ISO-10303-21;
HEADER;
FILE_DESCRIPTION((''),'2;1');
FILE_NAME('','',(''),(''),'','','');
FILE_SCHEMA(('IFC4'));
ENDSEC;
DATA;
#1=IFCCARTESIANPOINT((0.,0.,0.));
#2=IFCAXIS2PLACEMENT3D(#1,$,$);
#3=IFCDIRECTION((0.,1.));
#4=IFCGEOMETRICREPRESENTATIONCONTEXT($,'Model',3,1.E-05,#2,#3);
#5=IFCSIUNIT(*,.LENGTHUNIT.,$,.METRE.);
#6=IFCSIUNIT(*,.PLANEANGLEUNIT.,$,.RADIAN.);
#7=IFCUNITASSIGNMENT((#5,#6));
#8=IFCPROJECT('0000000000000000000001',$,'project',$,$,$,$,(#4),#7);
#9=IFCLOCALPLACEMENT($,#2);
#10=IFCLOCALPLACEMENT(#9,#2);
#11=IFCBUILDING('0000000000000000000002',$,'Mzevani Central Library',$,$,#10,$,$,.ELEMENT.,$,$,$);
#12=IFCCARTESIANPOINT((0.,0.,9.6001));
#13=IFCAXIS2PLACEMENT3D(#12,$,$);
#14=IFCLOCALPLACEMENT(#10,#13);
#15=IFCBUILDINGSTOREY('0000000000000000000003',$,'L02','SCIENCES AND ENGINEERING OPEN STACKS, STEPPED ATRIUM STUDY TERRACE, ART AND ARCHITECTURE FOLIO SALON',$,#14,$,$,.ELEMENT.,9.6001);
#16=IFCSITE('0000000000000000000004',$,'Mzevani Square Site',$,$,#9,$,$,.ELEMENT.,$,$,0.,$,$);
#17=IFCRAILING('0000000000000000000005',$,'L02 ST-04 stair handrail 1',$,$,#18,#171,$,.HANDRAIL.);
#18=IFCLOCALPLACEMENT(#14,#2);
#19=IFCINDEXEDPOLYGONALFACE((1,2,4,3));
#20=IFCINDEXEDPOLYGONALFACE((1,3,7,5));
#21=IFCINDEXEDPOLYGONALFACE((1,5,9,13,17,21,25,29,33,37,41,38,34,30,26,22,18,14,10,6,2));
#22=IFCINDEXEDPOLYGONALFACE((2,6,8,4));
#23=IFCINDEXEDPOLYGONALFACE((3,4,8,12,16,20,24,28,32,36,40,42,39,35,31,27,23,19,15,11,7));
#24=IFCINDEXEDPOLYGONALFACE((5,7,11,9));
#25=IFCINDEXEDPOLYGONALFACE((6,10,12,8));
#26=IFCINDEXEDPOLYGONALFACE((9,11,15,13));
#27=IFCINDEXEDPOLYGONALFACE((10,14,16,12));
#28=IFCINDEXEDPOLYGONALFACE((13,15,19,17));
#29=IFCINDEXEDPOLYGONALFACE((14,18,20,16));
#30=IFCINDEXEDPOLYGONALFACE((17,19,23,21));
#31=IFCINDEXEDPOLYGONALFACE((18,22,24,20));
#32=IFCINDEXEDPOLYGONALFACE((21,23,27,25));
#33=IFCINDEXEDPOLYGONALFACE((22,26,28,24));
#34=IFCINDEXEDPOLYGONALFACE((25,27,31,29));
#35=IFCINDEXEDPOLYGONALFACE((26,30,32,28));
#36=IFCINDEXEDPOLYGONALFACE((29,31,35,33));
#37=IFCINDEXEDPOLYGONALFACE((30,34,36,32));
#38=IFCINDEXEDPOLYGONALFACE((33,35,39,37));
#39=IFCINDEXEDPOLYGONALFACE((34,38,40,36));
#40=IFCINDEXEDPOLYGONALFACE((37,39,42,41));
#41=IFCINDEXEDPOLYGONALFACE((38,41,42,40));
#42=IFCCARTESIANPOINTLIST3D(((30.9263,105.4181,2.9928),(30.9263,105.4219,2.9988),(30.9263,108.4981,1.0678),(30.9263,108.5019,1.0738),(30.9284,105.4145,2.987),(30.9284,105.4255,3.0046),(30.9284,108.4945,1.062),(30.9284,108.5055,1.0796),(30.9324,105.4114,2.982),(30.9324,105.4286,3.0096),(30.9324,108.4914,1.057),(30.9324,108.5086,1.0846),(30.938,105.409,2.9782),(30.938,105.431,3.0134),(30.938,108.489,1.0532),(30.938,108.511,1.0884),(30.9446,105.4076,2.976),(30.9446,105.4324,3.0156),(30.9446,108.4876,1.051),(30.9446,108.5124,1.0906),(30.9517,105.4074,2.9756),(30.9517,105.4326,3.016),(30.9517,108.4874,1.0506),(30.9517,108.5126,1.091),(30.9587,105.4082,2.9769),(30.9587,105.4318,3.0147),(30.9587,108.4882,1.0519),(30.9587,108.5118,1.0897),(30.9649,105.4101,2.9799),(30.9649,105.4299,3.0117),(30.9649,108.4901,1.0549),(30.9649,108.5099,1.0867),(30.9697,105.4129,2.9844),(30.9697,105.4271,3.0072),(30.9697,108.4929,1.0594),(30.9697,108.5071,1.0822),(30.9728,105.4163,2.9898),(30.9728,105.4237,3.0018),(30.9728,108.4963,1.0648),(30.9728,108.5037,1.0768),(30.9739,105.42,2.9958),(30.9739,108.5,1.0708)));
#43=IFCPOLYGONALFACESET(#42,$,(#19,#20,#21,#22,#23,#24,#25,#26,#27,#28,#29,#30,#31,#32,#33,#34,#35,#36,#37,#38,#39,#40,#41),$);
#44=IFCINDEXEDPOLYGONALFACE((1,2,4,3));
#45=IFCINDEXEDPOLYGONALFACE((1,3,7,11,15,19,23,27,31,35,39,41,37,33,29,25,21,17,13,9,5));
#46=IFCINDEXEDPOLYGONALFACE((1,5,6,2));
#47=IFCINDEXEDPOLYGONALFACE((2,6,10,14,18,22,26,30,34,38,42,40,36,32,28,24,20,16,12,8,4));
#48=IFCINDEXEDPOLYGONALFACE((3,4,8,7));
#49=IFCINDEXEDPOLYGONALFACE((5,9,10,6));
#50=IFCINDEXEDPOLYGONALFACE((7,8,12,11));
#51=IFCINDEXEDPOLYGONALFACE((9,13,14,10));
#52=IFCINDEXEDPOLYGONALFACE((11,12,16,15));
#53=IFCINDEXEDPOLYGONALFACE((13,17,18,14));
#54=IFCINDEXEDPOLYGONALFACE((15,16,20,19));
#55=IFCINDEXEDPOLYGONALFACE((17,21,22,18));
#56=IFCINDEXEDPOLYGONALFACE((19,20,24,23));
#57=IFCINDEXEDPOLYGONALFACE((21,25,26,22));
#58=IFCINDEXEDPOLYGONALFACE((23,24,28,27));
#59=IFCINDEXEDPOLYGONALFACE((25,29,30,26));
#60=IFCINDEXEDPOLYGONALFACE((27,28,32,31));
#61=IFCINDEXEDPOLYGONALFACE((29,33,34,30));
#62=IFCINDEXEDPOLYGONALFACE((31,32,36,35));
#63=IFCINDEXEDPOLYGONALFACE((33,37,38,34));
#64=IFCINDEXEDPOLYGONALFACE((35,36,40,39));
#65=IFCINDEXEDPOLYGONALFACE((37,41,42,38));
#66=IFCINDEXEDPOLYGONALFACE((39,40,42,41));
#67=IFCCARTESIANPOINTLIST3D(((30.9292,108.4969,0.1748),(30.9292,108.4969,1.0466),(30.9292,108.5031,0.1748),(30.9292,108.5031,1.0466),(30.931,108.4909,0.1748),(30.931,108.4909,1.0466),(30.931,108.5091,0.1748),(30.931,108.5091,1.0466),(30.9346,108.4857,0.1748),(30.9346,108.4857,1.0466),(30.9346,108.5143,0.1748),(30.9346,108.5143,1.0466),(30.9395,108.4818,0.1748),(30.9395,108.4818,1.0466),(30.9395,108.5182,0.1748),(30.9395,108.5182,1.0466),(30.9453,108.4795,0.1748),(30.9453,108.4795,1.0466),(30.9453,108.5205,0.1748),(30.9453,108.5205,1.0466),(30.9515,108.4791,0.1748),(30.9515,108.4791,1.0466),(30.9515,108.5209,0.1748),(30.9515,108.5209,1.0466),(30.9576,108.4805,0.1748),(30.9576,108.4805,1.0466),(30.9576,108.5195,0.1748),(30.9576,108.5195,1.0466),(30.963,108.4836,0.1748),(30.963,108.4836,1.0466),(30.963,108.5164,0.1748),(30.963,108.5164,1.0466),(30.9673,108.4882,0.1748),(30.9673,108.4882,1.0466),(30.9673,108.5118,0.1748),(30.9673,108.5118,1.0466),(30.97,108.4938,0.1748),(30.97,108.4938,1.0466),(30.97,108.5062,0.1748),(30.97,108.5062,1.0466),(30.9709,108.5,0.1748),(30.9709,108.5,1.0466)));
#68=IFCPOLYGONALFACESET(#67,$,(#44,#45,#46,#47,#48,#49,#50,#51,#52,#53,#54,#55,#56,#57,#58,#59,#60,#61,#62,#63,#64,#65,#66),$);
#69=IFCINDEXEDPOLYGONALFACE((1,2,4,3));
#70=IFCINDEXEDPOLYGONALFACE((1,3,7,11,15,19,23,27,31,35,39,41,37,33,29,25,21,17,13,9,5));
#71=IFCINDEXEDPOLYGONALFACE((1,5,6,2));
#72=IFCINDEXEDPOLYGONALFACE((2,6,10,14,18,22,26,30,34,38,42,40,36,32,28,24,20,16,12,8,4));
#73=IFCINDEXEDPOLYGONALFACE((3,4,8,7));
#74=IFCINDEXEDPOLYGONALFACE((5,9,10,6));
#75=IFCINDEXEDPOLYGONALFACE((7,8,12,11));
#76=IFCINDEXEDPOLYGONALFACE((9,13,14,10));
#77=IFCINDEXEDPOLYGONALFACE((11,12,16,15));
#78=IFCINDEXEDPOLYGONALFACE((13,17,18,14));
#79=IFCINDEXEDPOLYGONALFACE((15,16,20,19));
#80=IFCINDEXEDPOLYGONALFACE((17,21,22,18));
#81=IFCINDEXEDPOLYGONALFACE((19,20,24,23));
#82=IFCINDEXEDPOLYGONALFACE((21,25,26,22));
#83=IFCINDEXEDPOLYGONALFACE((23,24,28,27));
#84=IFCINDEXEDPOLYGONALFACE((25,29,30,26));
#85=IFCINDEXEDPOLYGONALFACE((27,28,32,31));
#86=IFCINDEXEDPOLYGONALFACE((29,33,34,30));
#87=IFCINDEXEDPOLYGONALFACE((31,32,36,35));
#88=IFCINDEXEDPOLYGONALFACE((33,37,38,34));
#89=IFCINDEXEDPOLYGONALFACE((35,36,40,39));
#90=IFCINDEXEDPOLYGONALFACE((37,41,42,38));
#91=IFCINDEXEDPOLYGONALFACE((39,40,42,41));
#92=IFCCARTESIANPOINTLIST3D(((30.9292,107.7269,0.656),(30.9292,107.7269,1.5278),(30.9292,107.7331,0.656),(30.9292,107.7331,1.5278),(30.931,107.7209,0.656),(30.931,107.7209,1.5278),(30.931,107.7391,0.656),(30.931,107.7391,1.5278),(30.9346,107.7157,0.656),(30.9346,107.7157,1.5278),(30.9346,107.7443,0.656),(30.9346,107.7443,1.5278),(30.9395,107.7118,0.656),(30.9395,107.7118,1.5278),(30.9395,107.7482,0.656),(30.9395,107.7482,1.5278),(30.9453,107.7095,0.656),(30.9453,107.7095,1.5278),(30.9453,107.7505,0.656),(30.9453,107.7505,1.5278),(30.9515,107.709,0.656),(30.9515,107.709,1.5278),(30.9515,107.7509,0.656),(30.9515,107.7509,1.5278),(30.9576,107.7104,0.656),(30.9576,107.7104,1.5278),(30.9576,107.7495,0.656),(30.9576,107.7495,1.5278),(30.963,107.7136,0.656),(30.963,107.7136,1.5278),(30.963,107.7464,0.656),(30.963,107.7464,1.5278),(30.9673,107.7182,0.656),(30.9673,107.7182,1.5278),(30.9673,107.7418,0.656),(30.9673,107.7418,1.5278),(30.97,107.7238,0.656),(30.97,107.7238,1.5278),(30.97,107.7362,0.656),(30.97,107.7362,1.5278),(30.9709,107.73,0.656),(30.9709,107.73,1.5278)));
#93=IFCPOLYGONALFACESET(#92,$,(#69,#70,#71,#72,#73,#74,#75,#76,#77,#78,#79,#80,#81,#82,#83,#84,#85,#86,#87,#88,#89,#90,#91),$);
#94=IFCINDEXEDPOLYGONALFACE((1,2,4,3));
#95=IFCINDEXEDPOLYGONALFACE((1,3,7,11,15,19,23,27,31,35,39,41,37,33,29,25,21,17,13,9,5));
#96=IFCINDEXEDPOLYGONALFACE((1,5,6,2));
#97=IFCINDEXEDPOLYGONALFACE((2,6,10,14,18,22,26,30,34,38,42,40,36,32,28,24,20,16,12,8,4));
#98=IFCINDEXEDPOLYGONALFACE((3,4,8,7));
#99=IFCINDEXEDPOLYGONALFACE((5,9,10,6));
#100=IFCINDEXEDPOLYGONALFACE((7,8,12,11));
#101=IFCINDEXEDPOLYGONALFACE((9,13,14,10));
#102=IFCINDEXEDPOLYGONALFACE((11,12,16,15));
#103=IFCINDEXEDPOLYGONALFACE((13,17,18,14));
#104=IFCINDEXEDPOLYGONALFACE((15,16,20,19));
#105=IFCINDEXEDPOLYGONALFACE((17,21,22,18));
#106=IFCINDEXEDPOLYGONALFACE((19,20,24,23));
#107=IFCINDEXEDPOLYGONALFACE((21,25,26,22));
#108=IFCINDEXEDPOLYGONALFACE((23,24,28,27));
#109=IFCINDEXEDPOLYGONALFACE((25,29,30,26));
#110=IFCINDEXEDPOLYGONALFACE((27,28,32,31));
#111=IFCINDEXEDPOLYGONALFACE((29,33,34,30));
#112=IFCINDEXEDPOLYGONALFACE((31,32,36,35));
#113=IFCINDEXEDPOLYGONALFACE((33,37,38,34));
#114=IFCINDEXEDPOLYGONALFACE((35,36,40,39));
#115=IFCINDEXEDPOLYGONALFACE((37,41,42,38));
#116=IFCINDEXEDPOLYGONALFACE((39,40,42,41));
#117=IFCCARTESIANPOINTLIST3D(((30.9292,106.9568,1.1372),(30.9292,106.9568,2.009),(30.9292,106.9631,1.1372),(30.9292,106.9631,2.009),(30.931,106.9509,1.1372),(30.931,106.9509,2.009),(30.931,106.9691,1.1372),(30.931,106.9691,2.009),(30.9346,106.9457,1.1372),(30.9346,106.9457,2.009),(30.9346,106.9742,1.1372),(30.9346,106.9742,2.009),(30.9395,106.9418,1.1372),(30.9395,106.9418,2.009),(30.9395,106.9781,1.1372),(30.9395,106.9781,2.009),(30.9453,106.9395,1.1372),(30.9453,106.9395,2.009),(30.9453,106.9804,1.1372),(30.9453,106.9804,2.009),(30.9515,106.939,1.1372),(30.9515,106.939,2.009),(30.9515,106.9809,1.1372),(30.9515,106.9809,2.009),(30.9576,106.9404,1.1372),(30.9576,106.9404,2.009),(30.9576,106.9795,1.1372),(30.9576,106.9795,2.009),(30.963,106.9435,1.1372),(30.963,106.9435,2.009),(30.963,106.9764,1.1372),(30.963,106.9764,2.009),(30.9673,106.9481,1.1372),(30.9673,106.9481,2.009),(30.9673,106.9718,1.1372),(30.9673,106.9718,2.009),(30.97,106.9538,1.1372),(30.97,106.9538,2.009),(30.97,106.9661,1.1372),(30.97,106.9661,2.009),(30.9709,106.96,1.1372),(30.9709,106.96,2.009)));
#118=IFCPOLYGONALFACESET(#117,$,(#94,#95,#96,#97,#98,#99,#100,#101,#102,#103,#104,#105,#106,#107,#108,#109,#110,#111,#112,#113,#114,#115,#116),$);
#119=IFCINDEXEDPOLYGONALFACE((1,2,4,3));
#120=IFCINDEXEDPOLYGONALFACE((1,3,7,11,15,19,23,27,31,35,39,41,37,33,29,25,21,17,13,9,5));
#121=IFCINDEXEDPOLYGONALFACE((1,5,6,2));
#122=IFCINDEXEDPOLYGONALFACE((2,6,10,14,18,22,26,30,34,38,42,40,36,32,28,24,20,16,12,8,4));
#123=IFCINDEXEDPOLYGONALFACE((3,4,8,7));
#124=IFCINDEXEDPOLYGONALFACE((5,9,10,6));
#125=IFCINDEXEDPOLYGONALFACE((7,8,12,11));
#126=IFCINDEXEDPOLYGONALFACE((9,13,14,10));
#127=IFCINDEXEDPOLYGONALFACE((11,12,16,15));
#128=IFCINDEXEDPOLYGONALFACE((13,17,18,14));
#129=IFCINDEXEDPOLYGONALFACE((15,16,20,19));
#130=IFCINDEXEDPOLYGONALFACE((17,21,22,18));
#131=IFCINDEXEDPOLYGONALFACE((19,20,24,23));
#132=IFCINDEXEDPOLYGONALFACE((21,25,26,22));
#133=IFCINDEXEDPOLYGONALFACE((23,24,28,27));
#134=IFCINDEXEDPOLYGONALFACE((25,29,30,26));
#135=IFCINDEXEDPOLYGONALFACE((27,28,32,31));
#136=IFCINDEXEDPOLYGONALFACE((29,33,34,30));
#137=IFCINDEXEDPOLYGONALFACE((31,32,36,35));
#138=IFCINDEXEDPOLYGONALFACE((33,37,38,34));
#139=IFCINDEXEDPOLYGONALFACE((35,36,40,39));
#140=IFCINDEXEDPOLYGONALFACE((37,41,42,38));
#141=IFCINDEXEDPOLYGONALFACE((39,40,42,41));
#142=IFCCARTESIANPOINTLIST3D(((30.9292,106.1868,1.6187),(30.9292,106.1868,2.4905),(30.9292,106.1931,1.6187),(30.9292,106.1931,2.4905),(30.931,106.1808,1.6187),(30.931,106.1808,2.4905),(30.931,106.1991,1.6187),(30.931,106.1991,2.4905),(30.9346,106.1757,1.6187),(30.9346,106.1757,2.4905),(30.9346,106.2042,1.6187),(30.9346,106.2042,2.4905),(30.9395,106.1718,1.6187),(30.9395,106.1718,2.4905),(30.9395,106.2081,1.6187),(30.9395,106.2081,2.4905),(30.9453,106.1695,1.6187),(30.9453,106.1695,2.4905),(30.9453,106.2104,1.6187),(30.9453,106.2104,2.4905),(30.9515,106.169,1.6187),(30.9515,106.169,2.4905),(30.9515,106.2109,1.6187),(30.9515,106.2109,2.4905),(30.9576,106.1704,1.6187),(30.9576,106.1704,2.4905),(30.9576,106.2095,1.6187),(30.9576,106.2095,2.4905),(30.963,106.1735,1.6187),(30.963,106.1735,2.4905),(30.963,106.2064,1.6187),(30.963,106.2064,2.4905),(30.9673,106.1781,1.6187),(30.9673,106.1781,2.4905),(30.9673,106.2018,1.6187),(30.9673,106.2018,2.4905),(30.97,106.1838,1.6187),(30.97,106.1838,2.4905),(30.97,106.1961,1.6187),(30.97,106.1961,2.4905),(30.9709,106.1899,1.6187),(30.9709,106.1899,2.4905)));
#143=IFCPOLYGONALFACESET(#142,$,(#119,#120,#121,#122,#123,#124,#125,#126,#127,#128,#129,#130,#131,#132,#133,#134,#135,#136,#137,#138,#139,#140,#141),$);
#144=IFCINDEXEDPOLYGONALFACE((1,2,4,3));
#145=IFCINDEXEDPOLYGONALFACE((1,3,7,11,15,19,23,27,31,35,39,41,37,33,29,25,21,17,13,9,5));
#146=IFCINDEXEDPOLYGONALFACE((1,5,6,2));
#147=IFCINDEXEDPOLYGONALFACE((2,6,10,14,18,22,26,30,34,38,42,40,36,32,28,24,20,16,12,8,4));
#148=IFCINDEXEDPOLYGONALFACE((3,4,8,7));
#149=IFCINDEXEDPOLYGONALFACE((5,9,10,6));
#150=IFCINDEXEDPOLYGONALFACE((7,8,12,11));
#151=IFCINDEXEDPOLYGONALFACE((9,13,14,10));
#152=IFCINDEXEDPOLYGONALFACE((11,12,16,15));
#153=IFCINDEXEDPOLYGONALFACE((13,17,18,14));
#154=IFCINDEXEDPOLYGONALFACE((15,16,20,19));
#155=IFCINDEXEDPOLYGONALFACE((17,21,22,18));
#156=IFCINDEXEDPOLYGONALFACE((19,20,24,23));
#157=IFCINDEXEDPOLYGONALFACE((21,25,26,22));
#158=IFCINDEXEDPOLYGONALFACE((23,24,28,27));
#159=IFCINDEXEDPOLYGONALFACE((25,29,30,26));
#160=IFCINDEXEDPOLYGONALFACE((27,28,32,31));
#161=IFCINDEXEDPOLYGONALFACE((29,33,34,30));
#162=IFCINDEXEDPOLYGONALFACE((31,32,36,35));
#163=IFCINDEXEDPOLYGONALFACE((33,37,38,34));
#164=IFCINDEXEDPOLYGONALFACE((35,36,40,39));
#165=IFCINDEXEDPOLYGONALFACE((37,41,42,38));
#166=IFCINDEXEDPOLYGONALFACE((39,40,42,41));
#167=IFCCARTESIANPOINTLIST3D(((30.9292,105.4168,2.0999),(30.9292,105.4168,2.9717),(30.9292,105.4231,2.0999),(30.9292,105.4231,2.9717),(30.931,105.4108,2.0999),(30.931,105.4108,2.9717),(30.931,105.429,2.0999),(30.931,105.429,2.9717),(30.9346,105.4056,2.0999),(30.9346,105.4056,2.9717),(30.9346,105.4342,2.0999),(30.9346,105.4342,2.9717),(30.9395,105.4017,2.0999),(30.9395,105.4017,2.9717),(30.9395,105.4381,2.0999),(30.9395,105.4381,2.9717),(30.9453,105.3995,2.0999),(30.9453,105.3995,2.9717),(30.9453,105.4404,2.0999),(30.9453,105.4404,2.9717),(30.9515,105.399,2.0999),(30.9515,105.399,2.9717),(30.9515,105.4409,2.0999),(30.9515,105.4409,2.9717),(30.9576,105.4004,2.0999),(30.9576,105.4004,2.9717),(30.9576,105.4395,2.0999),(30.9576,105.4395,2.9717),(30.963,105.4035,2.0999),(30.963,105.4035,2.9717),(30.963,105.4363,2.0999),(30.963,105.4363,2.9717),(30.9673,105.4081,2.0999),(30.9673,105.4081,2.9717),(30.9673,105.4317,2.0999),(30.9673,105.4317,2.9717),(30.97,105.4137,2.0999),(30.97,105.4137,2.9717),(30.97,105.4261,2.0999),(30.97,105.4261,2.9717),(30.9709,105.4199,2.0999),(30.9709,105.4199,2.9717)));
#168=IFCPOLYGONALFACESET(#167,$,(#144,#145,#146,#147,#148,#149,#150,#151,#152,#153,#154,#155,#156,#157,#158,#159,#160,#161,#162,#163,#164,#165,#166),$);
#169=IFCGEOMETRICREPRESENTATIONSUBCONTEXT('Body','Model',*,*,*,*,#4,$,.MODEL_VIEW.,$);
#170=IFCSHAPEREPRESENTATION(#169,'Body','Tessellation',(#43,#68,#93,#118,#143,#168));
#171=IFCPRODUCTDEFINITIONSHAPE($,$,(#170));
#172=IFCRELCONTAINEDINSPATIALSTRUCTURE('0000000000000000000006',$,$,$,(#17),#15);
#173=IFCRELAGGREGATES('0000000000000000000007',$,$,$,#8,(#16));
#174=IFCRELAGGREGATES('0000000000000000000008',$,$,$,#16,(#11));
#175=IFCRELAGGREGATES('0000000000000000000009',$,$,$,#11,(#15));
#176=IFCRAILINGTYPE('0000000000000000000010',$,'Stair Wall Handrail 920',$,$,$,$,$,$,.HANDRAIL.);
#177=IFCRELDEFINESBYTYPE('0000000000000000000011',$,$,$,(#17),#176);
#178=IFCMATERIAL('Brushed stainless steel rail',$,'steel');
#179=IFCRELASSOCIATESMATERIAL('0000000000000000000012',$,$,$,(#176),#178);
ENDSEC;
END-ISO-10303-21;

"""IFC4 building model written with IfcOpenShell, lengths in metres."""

from ifc_helpers import new_model, si_unit, direction, frame, origin, origin_2d, place, context, subcontext, project, spatial, circle, extrude, material, type_object, element, save


model = new_model("IFC4")

# Units and contexts
model_context = context("Model", 3, precision=1e-05, world=origin(), true_north=direction((0.0, 1.0)))
body_context = subcontext(model_context, "Body", "Model", "MODEL_VIEW")
ifc_project = project(units=[si_unit("LENGTHUNIT", "METRE"), si_unit("PLANEANGLEUNIT", "RADIAN")], contexts=[model_context])

# Site, building, storey
site_placement = place(None, origin())
site = spatial("IfcSite", under=ifc_project, at=site_placement, Name="Mzevani Square Site", CompositionType="ELEMENT", RefElevation=0.0)
building_placement = place(site_placement, origin())
building = spatial("IfcBuilding", under=site, at=building_placement, Name="Mzevani Central Library", CompositionType="ELEMENT")
storey_placement = place(building_placement, frame((0.0, 0.0, 9.6001)))
storey = spatial("IfcBuildingStorey", under=building, at=storey_placement, Name="L02", Description="SCIENCES AND ENGINEERING OPEN STACKS, STEPPED ATRIUM STUDY TERRACE, ART AND ARCHITECTURE FOLIO SALON", CompositionType="ELEMENT", Elevation=9.6001)

# Shared definitions
ifc_material_1 = material(Name="Brushed stainless steel rail", Category="steel")

# Railing
railing_type_1 = type_object("IfcRailingType", Name="Stair Wall Handrail 920", PredefinedType="HANDRAIL", material=ifc_material_1)
railing_1_placement = place(storey_placement, frame((30.95, 108.5, 0.1748)))
element("IfcRailing", 1, at=railing_1_placement, inside=storey, type_object=railing_type_1, Name="L02 ST-04 stair handrail 1", PredefinedType="HANDRAIL", context=body_context, shape_type="SweptSolid", body=[
    extrude(circle(Radius=0.0239, at=origin_2d()), frame((0.0, 0.0, 0.896), z_axis=(0.0, -0.847998, 0.529999), x_axis=(1.0, 0.0, 0.0)), (0.0, 0.0, 1.0), 3.6321),
    extrude(circle(Radius=0.021, at=origin_2d()), origin(), (0.0, 0.0, 1.0), 0.8718),
    extrude(circle(Radius=0.021, at=origin_2d()), frame((0.0, -0.77, 0.4812)), (0.0, 0.0, 1.0), 0.8718),
    extrude(circle(Radius=0.021, at=origin_2d()), frame((0.0, -1.54, 0.9624)), (0.0, 0.0, 1.0), 0.8718),
    extrude(circle(Radius=0.021, at=origin_2d()), frame((0.0, -2.3101, 1.4438)), (0.0, 0.0, 1.0), 0.8718),
    extrude(circle(Radius=0.021, at=origin_2d()), frame((0.0, -3.0801, 1.925)), (0.0, 0.0, 1.0), 0.8718),
])

save(model, "model.ifc")
